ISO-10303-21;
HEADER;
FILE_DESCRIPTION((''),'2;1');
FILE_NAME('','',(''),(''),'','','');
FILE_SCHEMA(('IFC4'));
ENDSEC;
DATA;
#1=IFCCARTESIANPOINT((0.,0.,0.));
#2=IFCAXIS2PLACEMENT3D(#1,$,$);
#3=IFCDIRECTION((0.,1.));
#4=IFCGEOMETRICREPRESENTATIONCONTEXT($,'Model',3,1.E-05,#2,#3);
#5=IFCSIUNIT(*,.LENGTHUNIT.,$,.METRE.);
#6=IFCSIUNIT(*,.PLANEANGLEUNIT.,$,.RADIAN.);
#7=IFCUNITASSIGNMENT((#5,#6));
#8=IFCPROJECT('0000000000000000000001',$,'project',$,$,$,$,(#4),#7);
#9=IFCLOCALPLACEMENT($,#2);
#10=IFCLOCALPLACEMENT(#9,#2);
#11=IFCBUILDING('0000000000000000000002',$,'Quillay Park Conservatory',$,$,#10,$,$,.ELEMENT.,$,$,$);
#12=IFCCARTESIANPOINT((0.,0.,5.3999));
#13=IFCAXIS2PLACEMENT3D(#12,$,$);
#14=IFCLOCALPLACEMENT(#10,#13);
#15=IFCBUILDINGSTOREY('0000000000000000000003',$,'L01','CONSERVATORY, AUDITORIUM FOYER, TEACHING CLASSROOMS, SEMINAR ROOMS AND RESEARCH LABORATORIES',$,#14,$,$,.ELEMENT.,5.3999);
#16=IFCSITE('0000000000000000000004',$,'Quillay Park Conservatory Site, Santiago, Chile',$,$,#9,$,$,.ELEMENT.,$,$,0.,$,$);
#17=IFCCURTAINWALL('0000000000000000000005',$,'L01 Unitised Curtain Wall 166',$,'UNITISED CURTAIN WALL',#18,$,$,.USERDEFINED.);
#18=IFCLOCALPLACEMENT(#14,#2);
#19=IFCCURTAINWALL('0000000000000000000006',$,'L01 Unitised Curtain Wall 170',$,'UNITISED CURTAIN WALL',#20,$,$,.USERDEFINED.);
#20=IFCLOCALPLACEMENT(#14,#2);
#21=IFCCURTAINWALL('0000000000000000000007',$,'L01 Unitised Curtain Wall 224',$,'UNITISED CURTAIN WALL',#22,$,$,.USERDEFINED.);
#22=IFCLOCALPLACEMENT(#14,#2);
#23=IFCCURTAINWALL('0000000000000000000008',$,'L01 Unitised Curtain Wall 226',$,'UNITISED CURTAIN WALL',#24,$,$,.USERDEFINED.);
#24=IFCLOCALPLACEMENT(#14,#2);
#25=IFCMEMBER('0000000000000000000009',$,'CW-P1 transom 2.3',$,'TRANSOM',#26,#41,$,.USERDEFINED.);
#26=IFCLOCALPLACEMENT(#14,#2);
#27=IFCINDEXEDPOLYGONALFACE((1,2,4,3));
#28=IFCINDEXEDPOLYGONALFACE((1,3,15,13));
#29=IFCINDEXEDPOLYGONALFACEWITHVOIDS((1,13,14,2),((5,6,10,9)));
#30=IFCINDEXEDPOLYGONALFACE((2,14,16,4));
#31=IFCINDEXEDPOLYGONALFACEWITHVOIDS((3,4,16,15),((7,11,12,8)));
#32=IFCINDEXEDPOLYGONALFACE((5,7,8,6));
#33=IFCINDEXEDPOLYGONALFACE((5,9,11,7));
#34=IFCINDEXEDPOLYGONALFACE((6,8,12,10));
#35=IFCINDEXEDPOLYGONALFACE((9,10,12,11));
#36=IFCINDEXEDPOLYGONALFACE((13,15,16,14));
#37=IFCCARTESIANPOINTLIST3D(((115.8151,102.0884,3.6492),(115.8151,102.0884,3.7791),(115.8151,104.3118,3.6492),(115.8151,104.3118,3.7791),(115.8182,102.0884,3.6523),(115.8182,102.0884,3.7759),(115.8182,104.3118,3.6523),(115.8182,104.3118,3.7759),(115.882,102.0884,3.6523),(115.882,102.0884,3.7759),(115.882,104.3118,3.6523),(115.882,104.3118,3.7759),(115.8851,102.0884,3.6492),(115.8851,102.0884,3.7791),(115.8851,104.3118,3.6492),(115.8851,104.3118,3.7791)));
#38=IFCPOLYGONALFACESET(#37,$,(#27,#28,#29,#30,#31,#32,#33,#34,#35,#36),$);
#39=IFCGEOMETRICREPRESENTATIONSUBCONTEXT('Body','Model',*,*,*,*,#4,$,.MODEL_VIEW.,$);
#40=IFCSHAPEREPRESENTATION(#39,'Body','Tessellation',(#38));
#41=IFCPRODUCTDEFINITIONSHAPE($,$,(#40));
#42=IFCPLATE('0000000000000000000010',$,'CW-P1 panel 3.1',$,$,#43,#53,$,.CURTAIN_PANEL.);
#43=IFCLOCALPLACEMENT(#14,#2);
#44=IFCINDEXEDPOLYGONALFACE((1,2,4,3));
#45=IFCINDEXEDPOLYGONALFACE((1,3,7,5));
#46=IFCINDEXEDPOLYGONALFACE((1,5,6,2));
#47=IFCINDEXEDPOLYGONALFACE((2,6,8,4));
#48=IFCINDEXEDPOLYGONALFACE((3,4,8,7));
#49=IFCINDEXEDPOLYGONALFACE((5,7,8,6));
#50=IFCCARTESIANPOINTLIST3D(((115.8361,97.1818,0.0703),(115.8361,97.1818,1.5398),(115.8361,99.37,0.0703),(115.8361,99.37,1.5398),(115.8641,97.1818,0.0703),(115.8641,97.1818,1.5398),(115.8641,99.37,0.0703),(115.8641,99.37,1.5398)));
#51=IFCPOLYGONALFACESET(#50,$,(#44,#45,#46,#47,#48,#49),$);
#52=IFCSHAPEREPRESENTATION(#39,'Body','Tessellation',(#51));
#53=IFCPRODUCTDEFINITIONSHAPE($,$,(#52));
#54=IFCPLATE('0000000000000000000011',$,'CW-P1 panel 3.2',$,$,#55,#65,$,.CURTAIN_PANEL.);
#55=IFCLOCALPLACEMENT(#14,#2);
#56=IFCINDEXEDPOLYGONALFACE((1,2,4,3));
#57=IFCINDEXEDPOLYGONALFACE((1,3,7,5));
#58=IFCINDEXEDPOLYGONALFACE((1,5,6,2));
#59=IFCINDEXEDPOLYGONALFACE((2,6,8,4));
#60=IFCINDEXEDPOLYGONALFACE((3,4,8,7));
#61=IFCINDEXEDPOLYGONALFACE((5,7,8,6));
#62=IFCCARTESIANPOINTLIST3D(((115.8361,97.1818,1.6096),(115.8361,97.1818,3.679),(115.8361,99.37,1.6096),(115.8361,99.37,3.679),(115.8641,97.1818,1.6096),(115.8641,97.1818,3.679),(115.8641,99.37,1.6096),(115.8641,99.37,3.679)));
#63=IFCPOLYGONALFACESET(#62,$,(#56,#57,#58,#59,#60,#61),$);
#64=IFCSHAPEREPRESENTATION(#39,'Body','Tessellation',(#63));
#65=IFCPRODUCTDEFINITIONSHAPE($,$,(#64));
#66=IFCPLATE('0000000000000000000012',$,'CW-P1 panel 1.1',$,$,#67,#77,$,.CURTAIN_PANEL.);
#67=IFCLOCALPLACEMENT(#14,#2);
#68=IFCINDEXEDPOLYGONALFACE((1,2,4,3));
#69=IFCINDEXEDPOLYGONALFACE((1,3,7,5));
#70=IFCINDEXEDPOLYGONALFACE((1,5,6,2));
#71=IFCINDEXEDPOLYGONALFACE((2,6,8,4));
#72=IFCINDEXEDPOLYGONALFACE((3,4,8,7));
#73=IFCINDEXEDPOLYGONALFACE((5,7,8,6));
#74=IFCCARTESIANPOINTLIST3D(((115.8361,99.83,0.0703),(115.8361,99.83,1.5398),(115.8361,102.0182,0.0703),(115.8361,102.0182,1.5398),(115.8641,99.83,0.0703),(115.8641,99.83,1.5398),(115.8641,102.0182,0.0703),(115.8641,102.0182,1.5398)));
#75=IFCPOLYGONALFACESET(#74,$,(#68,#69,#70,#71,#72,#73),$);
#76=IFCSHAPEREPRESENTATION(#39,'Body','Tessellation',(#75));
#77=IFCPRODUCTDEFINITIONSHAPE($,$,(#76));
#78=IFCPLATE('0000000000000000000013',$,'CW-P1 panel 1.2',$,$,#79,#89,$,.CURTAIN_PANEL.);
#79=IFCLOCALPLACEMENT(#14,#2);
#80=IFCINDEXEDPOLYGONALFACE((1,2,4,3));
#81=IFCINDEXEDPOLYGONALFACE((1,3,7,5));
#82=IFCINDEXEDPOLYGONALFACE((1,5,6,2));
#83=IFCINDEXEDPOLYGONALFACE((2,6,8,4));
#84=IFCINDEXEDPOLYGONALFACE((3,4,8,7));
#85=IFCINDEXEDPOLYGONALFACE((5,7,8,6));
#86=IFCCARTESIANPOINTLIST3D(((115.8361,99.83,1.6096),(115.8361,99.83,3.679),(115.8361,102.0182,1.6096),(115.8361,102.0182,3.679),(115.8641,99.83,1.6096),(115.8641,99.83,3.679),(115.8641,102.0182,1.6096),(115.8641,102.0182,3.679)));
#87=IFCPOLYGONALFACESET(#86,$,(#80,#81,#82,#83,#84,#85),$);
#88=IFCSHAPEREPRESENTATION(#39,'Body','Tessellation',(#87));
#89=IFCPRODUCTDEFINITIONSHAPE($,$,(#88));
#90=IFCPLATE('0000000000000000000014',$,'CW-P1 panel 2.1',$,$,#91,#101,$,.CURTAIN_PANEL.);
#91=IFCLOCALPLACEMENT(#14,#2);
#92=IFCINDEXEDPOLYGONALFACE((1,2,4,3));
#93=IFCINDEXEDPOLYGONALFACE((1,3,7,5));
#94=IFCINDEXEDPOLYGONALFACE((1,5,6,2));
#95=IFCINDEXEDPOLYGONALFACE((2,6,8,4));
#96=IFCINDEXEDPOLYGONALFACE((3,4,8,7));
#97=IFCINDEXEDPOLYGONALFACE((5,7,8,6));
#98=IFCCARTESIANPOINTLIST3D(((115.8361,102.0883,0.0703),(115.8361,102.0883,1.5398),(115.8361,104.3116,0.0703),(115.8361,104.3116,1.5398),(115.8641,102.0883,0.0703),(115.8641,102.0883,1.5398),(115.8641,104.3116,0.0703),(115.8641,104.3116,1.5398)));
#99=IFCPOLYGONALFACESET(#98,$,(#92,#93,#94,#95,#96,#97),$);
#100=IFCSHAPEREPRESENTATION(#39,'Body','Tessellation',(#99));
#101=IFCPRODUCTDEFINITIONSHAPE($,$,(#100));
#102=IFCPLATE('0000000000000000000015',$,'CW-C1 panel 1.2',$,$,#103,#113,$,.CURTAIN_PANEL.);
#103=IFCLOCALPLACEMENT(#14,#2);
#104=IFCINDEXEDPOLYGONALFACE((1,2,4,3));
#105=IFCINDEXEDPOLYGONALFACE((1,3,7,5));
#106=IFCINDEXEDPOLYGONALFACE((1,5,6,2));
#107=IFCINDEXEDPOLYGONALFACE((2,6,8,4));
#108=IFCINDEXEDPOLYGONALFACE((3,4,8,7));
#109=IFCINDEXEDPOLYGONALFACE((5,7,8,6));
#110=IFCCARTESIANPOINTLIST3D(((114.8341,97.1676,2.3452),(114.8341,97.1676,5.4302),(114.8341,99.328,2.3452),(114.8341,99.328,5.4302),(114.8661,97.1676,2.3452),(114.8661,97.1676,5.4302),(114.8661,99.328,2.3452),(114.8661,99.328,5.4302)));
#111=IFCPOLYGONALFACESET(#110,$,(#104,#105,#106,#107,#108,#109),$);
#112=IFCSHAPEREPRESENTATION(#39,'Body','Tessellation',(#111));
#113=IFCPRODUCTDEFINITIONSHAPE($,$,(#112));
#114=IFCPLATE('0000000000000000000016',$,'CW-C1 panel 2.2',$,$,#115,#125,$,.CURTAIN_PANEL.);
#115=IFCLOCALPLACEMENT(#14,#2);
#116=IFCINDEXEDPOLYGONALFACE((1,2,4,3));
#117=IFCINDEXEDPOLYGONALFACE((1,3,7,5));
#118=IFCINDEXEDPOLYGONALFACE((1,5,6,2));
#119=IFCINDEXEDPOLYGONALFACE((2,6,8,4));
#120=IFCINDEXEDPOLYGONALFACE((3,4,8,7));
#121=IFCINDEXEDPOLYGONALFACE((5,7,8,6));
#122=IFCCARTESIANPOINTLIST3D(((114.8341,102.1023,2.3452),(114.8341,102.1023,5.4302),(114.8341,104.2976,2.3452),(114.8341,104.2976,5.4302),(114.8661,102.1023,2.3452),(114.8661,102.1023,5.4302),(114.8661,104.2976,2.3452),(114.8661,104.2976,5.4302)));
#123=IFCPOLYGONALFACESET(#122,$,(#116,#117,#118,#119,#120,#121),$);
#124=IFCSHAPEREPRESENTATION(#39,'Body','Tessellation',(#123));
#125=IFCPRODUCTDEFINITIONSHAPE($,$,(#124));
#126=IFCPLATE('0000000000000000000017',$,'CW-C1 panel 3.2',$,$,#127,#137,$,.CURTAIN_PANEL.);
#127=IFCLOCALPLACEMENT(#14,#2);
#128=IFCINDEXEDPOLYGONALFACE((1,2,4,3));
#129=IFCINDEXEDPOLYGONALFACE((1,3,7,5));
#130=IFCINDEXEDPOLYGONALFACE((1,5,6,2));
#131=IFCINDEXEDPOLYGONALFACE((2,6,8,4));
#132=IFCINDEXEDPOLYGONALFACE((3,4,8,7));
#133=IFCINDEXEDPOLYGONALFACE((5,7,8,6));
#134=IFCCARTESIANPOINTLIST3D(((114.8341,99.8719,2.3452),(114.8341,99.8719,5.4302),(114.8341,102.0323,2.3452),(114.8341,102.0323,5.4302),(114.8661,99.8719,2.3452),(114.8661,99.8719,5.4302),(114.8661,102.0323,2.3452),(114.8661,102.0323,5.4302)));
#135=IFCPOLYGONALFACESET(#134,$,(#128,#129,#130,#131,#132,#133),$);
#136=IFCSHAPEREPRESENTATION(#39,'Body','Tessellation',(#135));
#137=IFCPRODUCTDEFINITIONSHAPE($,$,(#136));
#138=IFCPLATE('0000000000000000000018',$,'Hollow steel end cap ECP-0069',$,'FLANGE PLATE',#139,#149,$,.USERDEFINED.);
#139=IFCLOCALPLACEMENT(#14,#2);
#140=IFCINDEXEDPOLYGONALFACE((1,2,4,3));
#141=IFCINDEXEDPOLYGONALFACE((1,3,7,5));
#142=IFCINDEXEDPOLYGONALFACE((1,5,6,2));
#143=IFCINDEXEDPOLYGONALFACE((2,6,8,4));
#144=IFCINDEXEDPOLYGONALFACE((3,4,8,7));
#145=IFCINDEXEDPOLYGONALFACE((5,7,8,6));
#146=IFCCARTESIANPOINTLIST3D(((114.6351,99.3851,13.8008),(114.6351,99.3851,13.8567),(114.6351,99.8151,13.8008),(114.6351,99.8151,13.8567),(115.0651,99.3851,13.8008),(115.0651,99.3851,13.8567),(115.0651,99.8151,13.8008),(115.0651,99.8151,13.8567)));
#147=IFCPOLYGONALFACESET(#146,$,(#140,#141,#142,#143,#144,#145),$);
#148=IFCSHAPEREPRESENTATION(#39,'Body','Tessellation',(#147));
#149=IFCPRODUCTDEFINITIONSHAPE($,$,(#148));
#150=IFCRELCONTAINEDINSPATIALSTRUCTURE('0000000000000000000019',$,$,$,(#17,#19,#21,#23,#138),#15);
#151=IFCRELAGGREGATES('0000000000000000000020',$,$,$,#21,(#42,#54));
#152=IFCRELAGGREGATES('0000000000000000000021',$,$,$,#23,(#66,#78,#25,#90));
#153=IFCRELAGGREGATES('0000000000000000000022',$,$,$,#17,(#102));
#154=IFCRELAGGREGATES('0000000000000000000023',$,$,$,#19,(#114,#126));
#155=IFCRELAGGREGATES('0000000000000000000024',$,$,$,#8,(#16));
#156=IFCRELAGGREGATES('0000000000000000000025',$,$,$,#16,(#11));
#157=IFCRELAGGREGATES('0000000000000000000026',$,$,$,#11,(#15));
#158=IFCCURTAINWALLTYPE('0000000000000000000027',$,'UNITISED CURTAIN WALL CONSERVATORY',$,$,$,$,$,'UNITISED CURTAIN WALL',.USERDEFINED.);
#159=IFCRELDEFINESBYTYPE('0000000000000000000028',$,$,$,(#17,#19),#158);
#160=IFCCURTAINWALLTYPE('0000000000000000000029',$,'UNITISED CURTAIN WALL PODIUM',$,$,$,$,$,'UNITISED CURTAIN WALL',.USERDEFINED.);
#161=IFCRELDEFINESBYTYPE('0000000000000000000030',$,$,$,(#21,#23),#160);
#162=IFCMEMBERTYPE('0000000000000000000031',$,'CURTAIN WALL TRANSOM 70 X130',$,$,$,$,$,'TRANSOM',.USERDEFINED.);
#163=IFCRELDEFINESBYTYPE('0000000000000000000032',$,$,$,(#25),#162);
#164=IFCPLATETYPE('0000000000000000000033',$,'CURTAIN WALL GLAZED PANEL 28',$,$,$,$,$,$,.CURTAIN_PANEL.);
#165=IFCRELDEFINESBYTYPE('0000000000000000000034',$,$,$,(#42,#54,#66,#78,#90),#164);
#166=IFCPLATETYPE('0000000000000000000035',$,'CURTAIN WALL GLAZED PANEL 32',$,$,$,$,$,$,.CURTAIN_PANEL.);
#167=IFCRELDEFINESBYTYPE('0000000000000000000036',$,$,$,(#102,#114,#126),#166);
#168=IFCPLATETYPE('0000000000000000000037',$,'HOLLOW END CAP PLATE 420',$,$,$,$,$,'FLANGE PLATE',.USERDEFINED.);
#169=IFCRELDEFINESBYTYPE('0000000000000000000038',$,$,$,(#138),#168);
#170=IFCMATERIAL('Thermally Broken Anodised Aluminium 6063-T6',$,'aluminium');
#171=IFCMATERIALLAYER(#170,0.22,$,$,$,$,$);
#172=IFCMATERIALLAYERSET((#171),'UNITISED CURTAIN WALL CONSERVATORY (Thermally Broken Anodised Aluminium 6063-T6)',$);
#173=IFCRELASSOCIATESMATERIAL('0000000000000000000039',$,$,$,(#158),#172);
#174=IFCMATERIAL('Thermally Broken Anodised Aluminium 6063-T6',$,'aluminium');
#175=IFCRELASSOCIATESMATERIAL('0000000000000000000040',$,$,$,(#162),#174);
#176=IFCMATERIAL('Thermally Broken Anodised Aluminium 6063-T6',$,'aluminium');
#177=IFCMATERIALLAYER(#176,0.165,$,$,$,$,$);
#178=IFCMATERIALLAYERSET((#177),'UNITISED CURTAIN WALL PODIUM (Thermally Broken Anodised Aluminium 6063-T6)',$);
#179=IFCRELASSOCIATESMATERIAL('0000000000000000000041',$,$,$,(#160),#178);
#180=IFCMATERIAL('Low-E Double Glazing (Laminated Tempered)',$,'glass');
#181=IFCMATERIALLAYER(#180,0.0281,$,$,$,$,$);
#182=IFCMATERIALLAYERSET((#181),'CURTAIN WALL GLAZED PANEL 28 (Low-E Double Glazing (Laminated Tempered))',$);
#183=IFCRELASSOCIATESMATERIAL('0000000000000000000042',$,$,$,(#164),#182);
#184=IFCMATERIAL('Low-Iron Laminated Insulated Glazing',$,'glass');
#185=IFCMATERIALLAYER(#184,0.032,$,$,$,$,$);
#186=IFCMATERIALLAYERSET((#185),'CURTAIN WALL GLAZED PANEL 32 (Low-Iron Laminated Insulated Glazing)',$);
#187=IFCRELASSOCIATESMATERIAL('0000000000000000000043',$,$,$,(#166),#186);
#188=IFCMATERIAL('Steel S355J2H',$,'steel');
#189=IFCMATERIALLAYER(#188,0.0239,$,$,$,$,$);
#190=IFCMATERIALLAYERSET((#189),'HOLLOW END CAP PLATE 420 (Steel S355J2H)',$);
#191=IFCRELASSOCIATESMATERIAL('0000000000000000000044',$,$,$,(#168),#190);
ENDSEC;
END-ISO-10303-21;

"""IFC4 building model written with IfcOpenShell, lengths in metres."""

from ifc_helpers import new_model, si_unit, direction, frame, origin, origin_2d, place, context, subcontext, project, spatial, rectangle, hollow_rectangle, extrude, material, layer, layer_set, material_profile, profile_set, type_object, element, aggregate, save


model = new_model("IFC4")

# Units and contexts
model_context = context("Model", 3, precision=1e-05, world=origin(), true_north=direction((0.0, 1.0)))
body_context = subcontext(model_context, "Body", "Model", "MODEL_VIEW")
ifc_project = project(units=[si_unit("LENGTHUNIT", "METRE"), si_unit("PLANEANGLEUNIT", "RADIAN")], contexts=[model_context])

# Site, building, storey
site_placement = place(None, origin())
site = spatial("IfcSite", under=ifc_project, at=site_placement, Name="Quillay Park Conservatory Site, Santiago, Chile", CompositionType="ELEMENT", RefElevation=0.0)
building_placement = place(site_placement, origin())
building = spatial("IfcBuilding", under=site, at=building_placement, Name="Quillay Park Conservatory", CompositionType="ELEMENT")
storey_placement = place(building_placement, frame((0.0, 0.0, 5.3999)))
storey = spatial("IfcBuildingStorey", under=building, at=storey_placement, Name="L01", Description="CONSERVATORY, AUDITORIUM FOYER, TEACHING CLASSROOMS, SEMINAR ROOMS AND RESEARCH LABORATORIES", CompositionType="ELEMENT", Elevation=5.3999)

# Curtain walls, member
ifc_material_1 = material(Name="Thermally Broken Anodised Aluminium 6063-T6", Category="aluminium")
ifc_layer_1 = layer(ifc_material_1, 0.22)
ifc_layer_set_1 = layer_set([ifc_layer_1], Name="UNITISED CURTAIN WALL CONSERVATORY (Thermally Broken Anodised Aluminium 6063-T6)")
curtain_wall_type_1 = type_object("IfcCurtainWallType", Name="UNITISED CURTAIN WALL CONSERVATORY", ElementType="UNITISED CURTAIN WALL", PredefinedType="USERDEFINED", material=ifc_layer_set_1)
curtain_wall_1_placement = place(storey_placement, origin())
curtain_wall_1 = element("IfcCurtainWall", 1, at=curtain_wall_1_placement, inside=storey, type_object=curtain_wall_type_1, Name="L01 Unitised Curtain Wall 166", ObjectType="UNITISED CURTAIN WALL", PredefinedType="USERDEFINED")
ifc_material_2 = material(Name="Thermally Broken Anodised Aluminium 6063-T6", Category="aluminium")
ifc_material_profile = material_profile(ifc_material_2, hollow_rectangle(XDim=0.0701, YDim=0.1299, WallThickness=0.0032, at=origin_2d()), Name="AL70x130x3.2")
ifc_profile_set = profile_set([ifc_material_profile], Name="Thermally Broken Anodised Aluminium 6063-T6")
member_type = type_object("IfcMemberType", Name="CURTAIN WALL TRANSOM 70 X130", ElementType="TRANSOM", PredefinedType="USERDEFINED", material=ifc_profile_set)
curtain_wall_2_placement = place(storey_placement, origin())
curtain_wall_2 = element("IfcCurtainWall", 2, at=curtain_wall_2_placement, inside=storey, type_object=curtain_wall_type_1, Name="L01 Unitised Curtain Wall 170", ObjectType="UNITISED CURTAIN WALL", PredefinedType="USERDEFINED")
ifc_material_3 = material(Name="Thermally Broken Anodised Aluminium 6063-T6", Category="aluminium")
ifc_layer_2 = layer(ifc_material_3, 0.165)
ifc_layer_set_2 = layer_set([ifc_layer_2], Name="UNITISED CURTAIN WALL PODIUM (Thermally Broken Anodised Aluminium 6063-T6)")
curtain_wall_type_2 = type_object("IfcCurtainWallType", Name="UNITISED CURTAIN WALL PODIUM", ElementType="UNITISED CURTAIN WALL", PredefinedType="USERDEFINED", material=ifc_layer_set_2)
curtain_wall_3_placement = place(storey_placement, origin())
curtain_wall_3 = element("IfcCurtainWall", 3, at=curtain_wall_3_placement, inside=storey, type_object=curtain_wall_type_2, Name="L01 Unitised Curtain Wall 224", ObjectType="UNITISED CURTAIN WALL", PredefinedType="USERDEFINED")
curtain_wall_4_placement = place(storey_placement, origin())
curtain_wall_4 = element("IfcCurtainWall", 4, at=curtain_wall_4_placement, inside=storey, type_object=curtain_wall_type_2, Name="L01 Unitised Curtain Wall 226", ObjectType="UNITISED CURTAIN WALL", PredefinedType="USERDEFINED")
member_1_placement = place(storey_placement, frame((115.8501, 102.0884, 3.7141), z_axis=(0.0, 1.0, 0.0), x_axis=(-1.0, 0.0, 0.0)))
member_1 = element("IfcMember", 5, at=member_1_placement, type_object=member_type, Name="CW-P1 transom 2.3", ObjectType="TRANSOM", PredefinedType="USERDEFINED", context=body_context, shape_type="SweptSolid", body=[
    extrude(hollow_rectangle(XDim=0.0701, YDim=0.1299, WallThickness=0.0032, at=origin_2d()), origin(), (0.0, 0.0, 1.0), 2.2234),
])

# Plates
ifc_material_4 = material(Name="Low-E Double Glazing (Laminated Tempered)", Category="glass")
ifc_layer_3 = layer(ifc_material_4, 0.0281)
ifc_layer_set_3 = layer_set([ifc_layer_3], Name="CURTAIN WALL GLAZED PANEL 28 (Low-E Double Glazing (Laminated Tempered))")
plate_type_1 = type_object("IfcPlateType", Name="CURTAIN WALL GLAZED PANEL 28", PredefinedType="CURTAIN_PANEL", material=ifc_layer_set_3)
plate_1_placement = place(storey_placement, frame((115.8501, 98.2759, 0.0703), z_axis=(0.0, 0.0, 1.0), x_axis=(0.0, 1.0, 0.0)))
plate_1 = element("IfcPlate", 6, at=plate_1_placement, type_object=plate_type_1, Name="CW-P1 panel 3.1", PredefinedType="CURTAIN_PANEL", context=body_context, shape_type="SweptSolid", body=[
    extrude(rectangle(XDim=2.1882, YDim=0.0281, at=origin_2d()), origin(), (0.0, 0.0, 1.0), 1.4695),
])
plate_2_placement = place(storey_placement, frame((115.8501, 98.2759, 1.6096), z_axis=(0.0, 0.0, 1.0), x_axis=(0.0, 1.0, 0.0)))
plate_2 = element("IfcPlate", 7, at=plate_2_placement, type_object=plate_type_1, Name="CW-P1 panel 3.2", PredefinedType="CURTAIN_PANEL", context=body_context, shape_type="SweptSolid", body=[
    extrude(rectangle(XDim=2.1882, YDim=0.0281, at=origin_2d()), origin(), (0.0, 0.0, 1.0), 2.0693),
])
aggregate(curtain_wall_3, [plate_1, plate_2])
plate_3_placement = place(storey_placement, frame((115.8501, 100.9241, 0.0703), z_axis=(0.0, 0.0, 1.0), x_axis=(0.0, 1.0, 0.0)))
plate_3 = element("IfcPlate", 8, at=plate_3_placement, type_object=plate_type_1, Name="CW-P1 panel 1.1", PredefinedType="CURTAIN_PANEL", context=body_context, shape_type="SweptSolid", body=[
    extrude(rectangle(XDim=2.1882, YDim=0.0281, at=origin_2d()), origin(), (0.0, 0.0, 1.0), 1.4695),
])
plate_4_placement = place(storey_placement, frame((115.8501, 100.9241, 1.6096), z_axis=(0.0, 0.0, 1.0), x_axis=(0.0, 1.0, 0.0)))
plate_4 = element("IfcPlate", 9, at=plate_4_placement, type_object=plate_type_1, Name="CW-P1 panel 1.2", PredefinedType="CURTAIN_PANEL", context=body_context, shape_type="SweptSolid", body=[
    extrude(rectangle(XDim=2.1882, YDim=0.0281, at=origin_2d()), origin(), (0.0, 0.0, 1.0), 2.0693),
])
plate_5_placement = place(storey_placement, frame((115.8501, 103.2, 0.0703), z_axis=(0.0, 0.0, 1.0), x_axis=(0.0, 1.0, 0.0)))
plate_5 = element("IfcPlate", 10, at=plate_5_placement, type_object=plate_type_1, Name="CW-P1 panel 2.1", PredefinedType="CURTAIN_PANEL", context=body_context, shape_type="SweptSolid", body=[
    extrude(rectangle(XDim=2.2234, YDim=0.0281, at=origin_2d()), origin(), (0.0, 0.0, 1.0), 1.4695),
])
aggregate(curtain_wall_4, [plate_3, plate_4, member_1, plate_5])
ifc_material_5 = material(Name="Low-Iron Laminated Insulated Glazing", Category="glass")
ifc_layer_4 = layer(ifc_material_5, 0.032)
ifc_layer_set_4 = layer_set([ifc_layer_4], Name="CURTAIN WALL GLAZED PANEL 32 (Low-Iron Laminated Insulated Glazing)")
plate_type_2 = type_object("IfcPlateType", Name="CURTAIN WALL GLAZED PANEL 32", PredefinedType="CURTAIN_PANEL", material=ifc_layer_set_4)
plate_6_placement = place(storey_placement, frame((114.8501, 98.2478, 2.3452), z_axis=(0.0, 0.0, 1.0), x_axis=(0.0, -1.0, 0.0)))
plate_6 = element("IfcPlate", 11, at=plate_6_placement, type_object=plate_type_2, Name="CW-C1 panel 1.2", PredefinedType="CURTAIN_PANEL", context=body_context, shape_type="SweptSolid", body=[
    extrude(rectangle(XDim=2.1604, YDim=0.032, at=origin_2d()), origin(), (0.0, 0.0, 1.0), 3.085),
])
aggregate(curtain_wall_1, [plate_6])
plate_7_placement = place(storey_placement, frame((114.8501, 103.2, 2.3452), z_axis=(0.0, 0.0, 1.0), x_axis=(0.0, -1.0, 0.0)))
plate_7 = element("IfcPlate", 12, at=plate_7_placement, type_object=plate_type_2, Name="CW-C1 panel 2.2", PredefinedType="CURTAIN_PANEL", context=body_context, shape_type="SweptSolid", body=[
    extrude(rectangle(XDim=2.1953, YDim=0.032, at=origin_2d()), origin(), (0.0, 0.0, 1.0), 3.085),
])
plate_8_placement = place(storey_placement, frame((114.8501, 100.9521, 2.3452), z_axis=(0.0, 0.0, 1.0), x_axis=(0.0, -1.0, 0.0)))
plate_8 = element("IfcPlate", 13, at=plate_8_placement, type_object=plate_type_2, Name="CW-C1 panel 3.2", PredefinedType="CURTAIN_PANEL", context=body_context, shape_type="SweptSolid", body=[
    extrude(rectangle(XDim=2.1604, YDim=0.032, at=origin_2d()), origin(), (0.0, 0.0, 1.0), 3.085),
])
aggregate(curtain_wall_2, [plate_7, plate_8])
ifc_material_6 = material(Name="Steel S355J2H", Category="steel")
ifc_layer_5 = layer(ifc_material_6, 0.0239)
ifc_layer_set_5 = layer_set([ifc_layer_5], Name="HOLLOW END CAP PLATE 420 (Steel S355J2H)")
plate_type_3 = type_object("IfcPlateType", Name="HOLLOW END CAP PLATE 420", ElementType="FLANGE PLATE", PredefinedType="USERDEFINED", material=ifc_layer_set_5)
plate_9_placement = place(storey_placement, frame((114.8501, 99.6001, 13.8008), z_axis=(0.0, 0.0, 1.0), x_axis=(1.0, 0.0, 0.0)))
element("IfcPlate", 14, at=plate_9_placement, inside=storey, type_object=plate_type_3, Name="Hollow steel end cap ECP-0069", ObjectType="FLANGE PLATE", PredefinedType="USERDEFINED", context=body_context, shape_type="SweptSolid", body=[
    extrude(rectangle(XDim=0.4299, YDim=0.4299, at=origin_2d()), origin(), (0.0, 0.0, 1.0), 0.0559),
])

save(model, "model.ifc")
